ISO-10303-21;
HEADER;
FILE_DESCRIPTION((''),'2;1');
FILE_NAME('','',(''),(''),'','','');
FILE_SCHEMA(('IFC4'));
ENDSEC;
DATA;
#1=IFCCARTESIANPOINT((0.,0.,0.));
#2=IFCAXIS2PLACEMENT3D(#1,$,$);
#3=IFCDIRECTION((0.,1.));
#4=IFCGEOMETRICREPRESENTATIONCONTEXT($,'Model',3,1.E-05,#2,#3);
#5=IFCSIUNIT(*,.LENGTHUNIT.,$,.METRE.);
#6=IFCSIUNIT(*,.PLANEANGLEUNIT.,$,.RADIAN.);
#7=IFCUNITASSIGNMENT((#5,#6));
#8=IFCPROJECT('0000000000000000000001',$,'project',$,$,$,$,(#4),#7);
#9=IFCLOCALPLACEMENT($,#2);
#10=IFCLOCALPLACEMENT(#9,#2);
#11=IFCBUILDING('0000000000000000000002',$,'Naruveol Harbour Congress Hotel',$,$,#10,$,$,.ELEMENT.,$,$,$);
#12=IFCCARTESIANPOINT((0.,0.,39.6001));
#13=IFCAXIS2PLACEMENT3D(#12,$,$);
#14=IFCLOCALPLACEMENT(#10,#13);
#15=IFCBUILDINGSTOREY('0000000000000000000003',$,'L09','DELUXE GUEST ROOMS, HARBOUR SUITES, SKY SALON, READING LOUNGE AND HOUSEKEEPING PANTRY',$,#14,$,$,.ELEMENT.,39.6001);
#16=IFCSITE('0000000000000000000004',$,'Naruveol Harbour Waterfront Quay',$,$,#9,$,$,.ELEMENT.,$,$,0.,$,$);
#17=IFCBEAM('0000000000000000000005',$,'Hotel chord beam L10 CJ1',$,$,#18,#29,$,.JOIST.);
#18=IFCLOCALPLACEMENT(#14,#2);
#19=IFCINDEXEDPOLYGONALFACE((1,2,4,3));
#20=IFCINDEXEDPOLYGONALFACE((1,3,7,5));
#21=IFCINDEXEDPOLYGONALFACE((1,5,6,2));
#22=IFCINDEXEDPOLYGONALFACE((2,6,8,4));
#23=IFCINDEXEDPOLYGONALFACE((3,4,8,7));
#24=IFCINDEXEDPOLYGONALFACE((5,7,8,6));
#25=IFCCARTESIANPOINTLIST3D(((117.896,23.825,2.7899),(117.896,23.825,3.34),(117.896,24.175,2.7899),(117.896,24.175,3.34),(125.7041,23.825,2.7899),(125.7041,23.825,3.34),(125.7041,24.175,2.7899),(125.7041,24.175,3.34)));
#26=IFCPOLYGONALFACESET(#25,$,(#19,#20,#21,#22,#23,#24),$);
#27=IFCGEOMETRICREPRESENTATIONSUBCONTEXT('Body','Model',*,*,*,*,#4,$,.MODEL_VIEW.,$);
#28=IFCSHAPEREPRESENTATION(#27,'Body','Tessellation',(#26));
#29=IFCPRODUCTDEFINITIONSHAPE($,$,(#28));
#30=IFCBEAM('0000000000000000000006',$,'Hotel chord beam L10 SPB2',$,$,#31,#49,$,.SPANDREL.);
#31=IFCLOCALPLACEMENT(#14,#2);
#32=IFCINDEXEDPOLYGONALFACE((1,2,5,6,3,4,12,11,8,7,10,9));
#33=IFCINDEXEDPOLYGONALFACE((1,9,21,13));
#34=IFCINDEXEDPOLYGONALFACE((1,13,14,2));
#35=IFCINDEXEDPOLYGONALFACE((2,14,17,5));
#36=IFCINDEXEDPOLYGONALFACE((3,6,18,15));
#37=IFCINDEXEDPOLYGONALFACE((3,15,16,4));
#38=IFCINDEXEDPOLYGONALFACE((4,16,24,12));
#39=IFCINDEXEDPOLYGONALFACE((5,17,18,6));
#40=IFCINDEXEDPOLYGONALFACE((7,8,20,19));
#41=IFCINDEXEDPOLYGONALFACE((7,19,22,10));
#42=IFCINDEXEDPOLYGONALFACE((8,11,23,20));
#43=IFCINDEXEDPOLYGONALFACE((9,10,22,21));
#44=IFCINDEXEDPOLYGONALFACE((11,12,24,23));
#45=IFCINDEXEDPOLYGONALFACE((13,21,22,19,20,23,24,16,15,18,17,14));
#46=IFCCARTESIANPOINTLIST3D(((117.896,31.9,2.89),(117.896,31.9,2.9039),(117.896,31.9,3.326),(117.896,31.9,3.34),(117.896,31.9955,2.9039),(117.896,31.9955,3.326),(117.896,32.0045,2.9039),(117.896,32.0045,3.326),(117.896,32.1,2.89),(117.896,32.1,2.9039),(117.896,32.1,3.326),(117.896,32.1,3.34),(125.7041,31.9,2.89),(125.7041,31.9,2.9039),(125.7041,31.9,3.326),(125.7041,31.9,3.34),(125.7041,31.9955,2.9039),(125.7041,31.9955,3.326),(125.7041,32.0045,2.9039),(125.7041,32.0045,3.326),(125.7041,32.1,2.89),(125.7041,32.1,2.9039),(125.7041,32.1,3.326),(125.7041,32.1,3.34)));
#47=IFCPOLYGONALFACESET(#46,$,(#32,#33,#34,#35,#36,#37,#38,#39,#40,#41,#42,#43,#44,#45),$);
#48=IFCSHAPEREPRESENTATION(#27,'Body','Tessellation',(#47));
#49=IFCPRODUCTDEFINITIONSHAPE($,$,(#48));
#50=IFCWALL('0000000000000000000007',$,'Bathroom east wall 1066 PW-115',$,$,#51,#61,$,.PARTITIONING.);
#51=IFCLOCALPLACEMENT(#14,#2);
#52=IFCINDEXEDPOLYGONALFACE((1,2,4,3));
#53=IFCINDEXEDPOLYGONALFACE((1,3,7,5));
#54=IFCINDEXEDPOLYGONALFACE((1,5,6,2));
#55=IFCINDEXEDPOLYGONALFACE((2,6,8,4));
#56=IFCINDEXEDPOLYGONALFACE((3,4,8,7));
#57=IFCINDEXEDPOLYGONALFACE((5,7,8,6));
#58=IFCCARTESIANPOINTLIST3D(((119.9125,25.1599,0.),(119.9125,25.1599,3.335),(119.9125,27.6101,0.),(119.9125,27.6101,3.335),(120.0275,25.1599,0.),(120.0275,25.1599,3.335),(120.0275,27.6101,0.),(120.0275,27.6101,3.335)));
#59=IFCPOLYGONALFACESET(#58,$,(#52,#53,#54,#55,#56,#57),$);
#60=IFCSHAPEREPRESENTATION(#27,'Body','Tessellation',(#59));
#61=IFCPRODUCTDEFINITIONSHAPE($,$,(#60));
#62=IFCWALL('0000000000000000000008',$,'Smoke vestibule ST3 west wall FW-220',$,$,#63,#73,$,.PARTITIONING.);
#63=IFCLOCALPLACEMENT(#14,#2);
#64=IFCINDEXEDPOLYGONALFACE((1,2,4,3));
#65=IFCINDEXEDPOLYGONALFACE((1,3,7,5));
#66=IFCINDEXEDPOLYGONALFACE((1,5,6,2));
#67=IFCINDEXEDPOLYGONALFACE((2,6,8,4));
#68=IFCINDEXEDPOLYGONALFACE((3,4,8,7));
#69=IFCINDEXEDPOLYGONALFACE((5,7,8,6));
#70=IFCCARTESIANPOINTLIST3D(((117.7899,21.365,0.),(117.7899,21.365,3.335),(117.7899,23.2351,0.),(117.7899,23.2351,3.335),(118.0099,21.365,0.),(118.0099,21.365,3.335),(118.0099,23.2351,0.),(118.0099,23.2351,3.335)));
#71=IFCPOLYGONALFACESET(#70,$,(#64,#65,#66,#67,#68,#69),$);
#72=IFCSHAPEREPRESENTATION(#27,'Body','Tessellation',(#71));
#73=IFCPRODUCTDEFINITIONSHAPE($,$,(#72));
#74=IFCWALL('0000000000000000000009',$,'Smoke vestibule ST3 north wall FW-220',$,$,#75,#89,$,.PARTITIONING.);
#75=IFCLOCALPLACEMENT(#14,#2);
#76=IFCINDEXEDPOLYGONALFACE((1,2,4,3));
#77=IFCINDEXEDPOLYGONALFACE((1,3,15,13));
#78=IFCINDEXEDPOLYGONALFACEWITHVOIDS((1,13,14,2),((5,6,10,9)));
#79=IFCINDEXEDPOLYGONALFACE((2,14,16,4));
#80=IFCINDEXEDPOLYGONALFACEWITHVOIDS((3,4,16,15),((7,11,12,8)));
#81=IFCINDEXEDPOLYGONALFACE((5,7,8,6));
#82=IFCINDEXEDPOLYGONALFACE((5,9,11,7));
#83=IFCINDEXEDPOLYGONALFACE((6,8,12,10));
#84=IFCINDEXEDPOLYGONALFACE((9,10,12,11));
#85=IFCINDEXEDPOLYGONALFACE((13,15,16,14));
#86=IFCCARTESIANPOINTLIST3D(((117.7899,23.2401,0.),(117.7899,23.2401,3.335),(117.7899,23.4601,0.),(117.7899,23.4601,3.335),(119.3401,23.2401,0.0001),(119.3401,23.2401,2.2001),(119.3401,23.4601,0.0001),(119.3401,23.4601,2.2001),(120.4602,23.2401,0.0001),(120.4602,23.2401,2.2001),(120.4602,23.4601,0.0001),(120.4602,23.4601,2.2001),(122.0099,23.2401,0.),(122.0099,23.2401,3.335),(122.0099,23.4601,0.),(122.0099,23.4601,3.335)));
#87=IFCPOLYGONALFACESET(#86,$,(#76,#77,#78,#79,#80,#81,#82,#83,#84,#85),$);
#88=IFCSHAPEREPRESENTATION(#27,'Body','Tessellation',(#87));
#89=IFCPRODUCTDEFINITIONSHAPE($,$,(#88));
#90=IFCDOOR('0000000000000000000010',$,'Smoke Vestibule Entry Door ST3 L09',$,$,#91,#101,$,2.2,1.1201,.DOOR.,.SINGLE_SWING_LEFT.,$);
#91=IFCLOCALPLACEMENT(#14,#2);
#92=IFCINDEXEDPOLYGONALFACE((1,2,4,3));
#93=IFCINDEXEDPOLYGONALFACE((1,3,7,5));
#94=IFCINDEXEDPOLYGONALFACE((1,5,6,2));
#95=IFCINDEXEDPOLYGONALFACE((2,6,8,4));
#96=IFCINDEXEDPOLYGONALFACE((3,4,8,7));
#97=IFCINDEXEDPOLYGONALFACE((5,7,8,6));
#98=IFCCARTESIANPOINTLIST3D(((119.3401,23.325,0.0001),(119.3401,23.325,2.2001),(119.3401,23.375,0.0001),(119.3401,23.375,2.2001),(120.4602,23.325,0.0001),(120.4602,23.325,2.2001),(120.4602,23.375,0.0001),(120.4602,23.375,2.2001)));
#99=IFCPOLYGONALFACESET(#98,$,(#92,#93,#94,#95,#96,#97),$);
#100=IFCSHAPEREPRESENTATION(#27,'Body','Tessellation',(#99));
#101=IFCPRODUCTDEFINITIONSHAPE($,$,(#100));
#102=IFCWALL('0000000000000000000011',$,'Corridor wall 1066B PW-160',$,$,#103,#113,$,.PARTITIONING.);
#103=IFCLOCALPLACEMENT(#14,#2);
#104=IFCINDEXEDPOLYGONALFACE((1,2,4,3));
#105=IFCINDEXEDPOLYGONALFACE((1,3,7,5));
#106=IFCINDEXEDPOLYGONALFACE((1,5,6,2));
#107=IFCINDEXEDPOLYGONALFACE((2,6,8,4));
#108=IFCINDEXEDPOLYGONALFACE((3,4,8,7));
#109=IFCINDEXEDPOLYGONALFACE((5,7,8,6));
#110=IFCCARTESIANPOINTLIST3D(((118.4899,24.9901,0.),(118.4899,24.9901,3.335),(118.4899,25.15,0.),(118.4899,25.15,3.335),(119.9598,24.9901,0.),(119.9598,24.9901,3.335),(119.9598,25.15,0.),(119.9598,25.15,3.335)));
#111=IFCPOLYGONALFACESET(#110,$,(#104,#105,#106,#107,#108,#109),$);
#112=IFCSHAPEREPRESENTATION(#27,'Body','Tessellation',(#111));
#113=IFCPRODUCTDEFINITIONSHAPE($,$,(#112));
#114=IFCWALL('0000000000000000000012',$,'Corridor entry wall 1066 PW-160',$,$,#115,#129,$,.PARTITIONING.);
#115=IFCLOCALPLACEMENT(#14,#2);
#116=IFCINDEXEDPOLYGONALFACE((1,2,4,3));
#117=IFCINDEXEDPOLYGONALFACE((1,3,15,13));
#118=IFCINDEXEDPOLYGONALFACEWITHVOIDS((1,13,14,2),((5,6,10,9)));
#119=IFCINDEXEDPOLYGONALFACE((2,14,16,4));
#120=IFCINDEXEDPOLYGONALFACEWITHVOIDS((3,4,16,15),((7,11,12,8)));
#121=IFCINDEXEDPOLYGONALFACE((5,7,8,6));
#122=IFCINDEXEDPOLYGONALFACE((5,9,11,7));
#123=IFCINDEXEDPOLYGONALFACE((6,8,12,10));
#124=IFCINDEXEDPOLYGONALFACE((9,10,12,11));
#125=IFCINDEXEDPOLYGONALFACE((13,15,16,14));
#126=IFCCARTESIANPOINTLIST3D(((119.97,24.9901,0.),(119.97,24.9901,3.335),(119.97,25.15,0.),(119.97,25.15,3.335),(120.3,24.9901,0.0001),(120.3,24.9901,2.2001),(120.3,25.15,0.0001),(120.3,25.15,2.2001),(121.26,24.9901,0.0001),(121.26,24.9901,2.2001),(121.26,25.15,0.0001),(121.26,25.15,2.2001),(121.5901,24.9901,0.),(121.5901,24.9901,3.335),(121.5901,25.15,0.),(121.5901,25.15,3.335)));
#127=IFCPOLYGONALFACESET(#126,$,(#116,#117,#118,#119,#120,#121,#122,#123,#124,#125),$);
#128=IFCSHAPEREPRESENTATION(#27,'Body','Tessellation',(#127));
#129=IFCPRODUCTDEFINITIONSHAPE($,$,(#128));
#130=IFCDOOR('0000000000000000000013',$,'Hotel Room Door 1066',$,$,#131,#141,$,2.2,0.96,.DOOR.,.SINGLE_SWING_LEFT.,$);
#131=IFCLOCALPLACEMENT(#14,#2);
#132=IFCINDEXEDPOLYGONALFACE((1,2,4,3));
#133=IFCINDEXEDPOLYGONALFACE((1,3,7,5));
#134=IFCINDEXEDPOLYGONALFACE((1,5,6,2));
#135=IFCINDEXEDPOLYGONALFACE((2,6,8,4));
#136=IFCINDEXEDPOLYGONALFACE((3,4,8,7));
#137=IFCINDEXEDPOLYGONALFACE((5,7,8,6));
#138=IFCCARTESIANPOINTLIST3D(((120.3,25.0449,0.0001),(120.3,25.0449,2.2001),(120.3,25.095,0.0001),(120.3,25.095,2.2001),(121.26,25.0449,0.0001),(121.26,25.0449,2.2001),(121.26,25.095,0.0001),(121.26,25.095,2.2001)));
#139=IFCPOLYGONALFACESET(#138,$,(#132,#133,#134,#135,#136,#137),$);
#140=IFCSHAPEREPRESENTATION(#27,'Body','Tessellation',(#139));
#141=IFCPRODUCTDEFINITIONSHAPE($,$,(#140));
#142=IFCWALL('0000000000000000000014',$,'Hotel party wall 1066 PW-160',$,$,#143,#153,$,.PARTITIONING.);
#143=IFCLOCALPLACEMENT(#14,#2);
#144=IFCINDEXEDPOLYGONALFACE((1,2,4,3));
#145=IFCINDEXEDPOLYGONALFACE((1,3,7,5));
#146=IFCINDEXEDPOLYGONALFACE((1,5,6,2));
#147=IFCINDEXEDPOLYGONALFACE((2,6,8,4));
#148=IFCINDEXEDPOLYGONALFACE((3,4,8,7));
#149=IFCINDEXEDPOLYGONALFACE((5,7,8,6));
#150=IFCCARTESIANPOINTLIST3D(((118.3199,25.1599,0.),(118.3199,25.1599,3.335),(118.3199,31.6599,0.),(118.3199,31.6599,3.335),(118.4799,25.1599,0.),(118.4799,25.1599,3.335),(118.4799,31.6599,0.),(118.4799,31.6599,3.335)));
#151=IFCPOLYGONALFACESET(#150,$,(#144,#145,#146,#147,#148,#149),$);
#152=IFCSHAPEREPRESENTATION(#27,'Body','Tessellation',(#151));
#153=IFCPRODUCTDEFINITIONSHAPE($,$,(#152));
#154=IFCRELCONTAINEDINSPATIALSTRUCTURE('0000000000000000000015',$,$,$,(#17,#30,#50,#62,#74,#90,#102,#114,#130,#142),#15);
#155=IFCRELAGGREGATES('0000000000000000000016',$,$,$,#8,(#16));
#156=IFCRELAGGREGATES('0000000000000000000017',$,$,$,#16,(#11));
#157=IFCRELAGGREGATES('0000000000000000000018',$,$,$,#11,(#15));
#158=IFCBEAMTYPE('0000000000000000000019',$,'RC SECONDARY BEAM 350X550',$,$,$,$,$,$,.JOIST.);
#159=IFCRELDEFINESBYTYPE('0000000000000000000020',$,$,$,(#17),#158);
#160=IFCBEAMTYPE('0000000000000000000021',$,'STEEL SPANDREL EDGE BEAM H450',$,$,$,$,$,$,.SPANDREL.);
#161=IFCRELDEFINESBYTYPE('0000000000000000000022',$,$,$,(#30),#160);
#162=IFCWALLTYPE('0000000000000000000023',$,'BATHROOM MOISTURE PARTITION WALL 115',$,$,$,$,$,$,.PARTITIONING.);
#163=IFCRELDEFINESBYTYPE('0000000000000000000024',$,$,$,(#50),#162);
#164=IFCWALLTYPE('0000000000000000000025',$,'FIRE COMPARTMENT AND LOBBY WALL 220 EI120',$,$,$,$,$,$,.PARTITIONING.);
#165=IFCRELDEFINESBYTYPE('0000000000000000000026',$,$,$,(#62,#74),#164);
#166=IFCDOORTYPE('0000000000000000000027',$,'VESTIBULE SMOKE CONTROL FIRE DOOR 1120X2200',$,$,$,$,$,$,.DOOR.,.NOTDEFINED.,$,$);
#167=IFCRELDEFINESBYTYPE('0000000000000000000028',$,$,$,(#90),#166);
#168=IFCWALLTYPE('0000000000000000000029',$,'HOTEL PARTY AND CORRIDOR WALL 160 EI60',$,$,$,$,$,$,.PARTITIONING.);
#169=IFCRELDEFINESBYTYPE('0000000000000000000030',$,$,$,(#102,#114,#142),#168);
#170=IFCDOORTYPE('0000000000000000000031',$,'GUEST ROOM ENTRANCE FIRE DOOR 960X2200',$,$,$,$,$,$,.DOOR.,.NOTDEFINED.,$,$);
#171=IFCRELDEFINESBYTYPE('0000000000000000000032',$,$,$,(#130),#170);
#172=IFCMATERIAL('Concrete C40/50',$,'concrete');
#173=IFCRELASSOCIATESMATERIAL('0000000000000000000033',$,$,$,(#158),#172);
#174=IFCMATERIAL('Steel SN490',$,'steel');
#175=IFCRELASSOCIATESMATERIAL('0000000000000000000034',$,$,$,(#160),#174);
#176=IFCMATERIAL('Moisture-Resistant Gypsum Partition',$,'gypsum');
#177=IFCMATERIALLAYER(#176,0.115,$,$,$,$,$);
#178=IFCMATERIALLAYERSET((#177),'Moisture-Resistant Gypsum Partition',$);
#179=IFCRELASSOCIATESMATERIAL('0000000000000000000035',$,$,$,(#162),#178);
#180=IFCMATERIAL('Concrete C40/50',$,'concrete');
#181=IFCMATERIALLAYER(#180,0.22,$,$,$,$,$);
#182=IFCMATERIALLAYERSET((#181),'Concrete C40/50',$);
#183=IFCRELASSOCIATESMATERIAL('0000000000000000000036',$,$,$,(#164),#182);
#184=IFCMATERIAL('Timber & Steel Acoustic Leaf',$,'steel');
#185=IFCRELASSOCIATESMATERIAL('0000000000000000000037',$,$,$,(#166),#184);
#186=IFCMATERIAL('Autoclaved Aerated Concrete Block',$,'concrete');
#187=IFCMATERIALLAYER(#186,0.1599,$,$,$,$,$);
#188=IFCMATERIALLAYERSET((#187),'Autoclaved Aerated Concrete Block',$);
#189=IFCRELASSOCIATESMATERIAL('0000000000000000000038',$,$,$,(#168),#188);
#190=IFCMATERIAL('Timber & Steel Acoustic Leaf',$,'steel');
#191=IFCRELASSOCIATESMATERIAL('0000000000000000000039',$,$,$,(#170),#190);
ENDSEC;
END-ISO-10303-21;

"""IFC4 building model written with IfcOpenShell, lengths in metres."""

from ifc_helpers import new_model, si_unit, direction, frame, frame_2d, origin, origin_2d, place, context, subcontext, project, spatial, rectangle, i_section, extrude, material, layer, layer_set, material_profile, profile_set, type_object, element, fill, save


model = new_model("IFC4")

# Units and contexts
model_context = context("Model", 3, precision=1e-05, world=origin(), true_north=direction((0.0, 1.0)))
body_context = subcontext(model_context, "Body", "Model", "MODEL_VIEW")
ifc_project = project(units=[si_unit("LENGTHUNIT", "METRE"), si_unit("PLANEANGLEUNIT", "RADIAN")], contexts=[model_context])

# Site, building, storey
site_placement = place(None, origin())
site = spatial("IfcSite", under=ifc_project, at=site_placement, Name="Naruveol Harbour Waterfront Quay", CompositionType="ELEMENT", RefElevation=0.0)
building_placement = place(site_placement, origin())
building = spatial("IfcBuilding", under=site, at=building_placement, Name="Naruveol Harbour Congress Hotel", CompositionType="ELEMENT")
storey_placement = place(building_placement, frame((0.0, 0.0, 39.6001)))
storey = spatial("IfcBuildingStorey", under=building, at=storey_placement, Name="L09", Description="DELUXE GUEST ROOMS, HARBOUR SUITES, SKY SALON, READING LOUNGE AND HOUSEKEEPING PANTRY", CompositionType="ELEMENT", Elevation=39.6001)

# Beams
ifc_material_1 = material(Name="Concrete C40/50", Category="concrete")
ifc_material_profile_1 = material_profile(ifc_material_1, rectangle(XDim=0.3501, YDim=0.55, at=origin_2d()), Name="RCB-350x550")
ifc_profile_set_1 = profile_set([ifc_material_profile_1], Name="Concrete C40/50")
beam_type_1 = type_object("IfcBeamType", Name="RC SECONDARY BEAM 350X550", PredefinedType="JOIST", material=ifc_profile_set_1)
beam_1_placement = place(storey_placement, frame((117.896, 24.0, 3.0649), z_axis=(1.0, 0.0, 0.0), x_axis=(0.0, 1.0, 0.0)))
element("IfcBeam", 1, at=beam_1_placement, inside=storey, type_object=beam_type_1, Name="Hotel chord beam L10 CJ1", PredefinedType="JOIST", context=body_context, shape_type="SweptSolid", body=[
    extrude(rectangle(XDim=0.3501, YDim=0.55, at=origin_2d()), origin(), (0.0, 0.0, 1.0), 7.8081),
])
ifc_material_2 = material(Name="Steel SN490", Category="steel")
ifc_material_profile_2 = material_profile(ifc_material_2, i_section(OverallWidth=0.2, OverallDepth=0.45, WebThickness=0.009, FlangeThickness=0.0139, at=origin_2d()), Name="H-450x200x9x14")
ifc_profile_set_2 = profile_set([ifc_material_profile_2], Name="Steel SN490")
beam_type_2 = type_object("IfcBeamType", Name="STEEL SPANDREL EDGE BEAM H450", PredefinedType="SPANDREL", material=ifc_profile_set_2)
beam_2_placement = place(storey_placement, frame((117.896, 32.0, 3.115), z_axis=(1.0, 0.0, 0.0), x_axis=(0.0, 1.0, 0.0)))
element("IfcBeam", 2, at=beam_2_placement, inside=storey, type_object=beam_type_2, Name="Hotel chord beam L10 SPB2", PredefinedType="SPANDREL", context=body_context, shape_type="SweptSolid", body=[
    extrude(i_section(OverallWidth=0.2, OverallDepth=0.45, WebThickness=0.009, FlangeThickness=0.0139, at=origin_2d()), origin(), (0.0, 0.0, 1.0), 7.8081),
])

# Wall
ifc_material_3 = material(Name="Moisture-Resistant Gypsum Partition", Category="gypsum")
ifc_layer_1 = layer(ifc_material_3, 0.115)
ifc_layer_set_1 = layer_set([ifc_layer_1], Name="Moisture-Resistant Gypsum Partition")
wall_type_1 = type_object("IfcWallType", Name="BATHROOM MOISTURE PARTITION WALL 115", PredefinedType="PARTITIONING", material=ifc_layer_set_1)
wall_1_placement = place(storey_placement, frame((119.97, 25.1599, 0.0), z_axis=(0.0, 0.0, 1.0), x_axis=(0.0, 1.0, 0.0)))
element("IfcWall", 3, at=wall_1_placement, inside=storey, type_object=wall_type_1, Name="Bathroom east wall 1066 PW-115", PredefinedType="PARTITIONING", context=body_context, shape_type="SweptSolid", body=[
    extrude(rectangle(XDim=2.4502, YDim=0.115, at=frame_2d((1.2251, 0.0))), origin(), (0.0, 0.0, 1.0), 3.335),
])

# Wall
ifc_material_4 = material(Name="Concrete C40/50", Category="concrete")
ifc_layer_2 = layer(ifc_material_4, 0.22)
ifc_layer_set_2 = layer_set([ifc_layer_2], Name="Concrete C40/50")
wall_type_2 = type_object("IfcWallType", Name="FIRE COMPARTMENT AND LOBBY WALL 220 EI120", PredefinedType="PARTITIONING", material=ifc_layer_set_2)
wall_2_placement = place(storey_placement, frame((117.8999, 21.365, 0.0), z_axis=(0.0, 0.0, 1.0), x_axis=(0.0, 1.0, 0.0)))
element("IfcWall", 4, at=wall_2_placement, inside=storey, type_object=wall_type_2, Name="Smoke vestibule ST3 west wall FW-220", PredefinedType="PARTITIONING", context=body_context, shape_type="SweptSolid", body=[
    extrude(rectangle(XDim=1.8701, YDim=0.22, at=frame_2d((0.9351, 0.0))), origin(), (0.0, 0.0, 1.0), 3.335),
])

# Wall, opening, door
wall_3_placement = place(storey_placement, frame((117.79, 23.3501, 0.0), z_axis=(0.0, 0.0, 1.0), x_axis=(1.0, 0.0, 0.0)))
wall_3 = element("IfcWall", 5, at=wall_3_placement, inside=storey, type_object=wall_type_2, Name="Smoke vestibule ST3 north wall FW-220", PredefinedType="PARTITIONING", context=body_context, shape_type="SweptSolid", body=[
    extrude(rectangle(XDim=4.22, YDim=0.22, at=frame_2d((2.1099, 0.0))), origin(), (0.0, 0.0, 1.0), 3.335),
])
opening_1_placement = place(wall_3_placement, frame((1.55, 0.0, 0.0)))
opening_1 = element("IfcOpeningElement", 6, at=opening_1_placement, cuts=wall_3, PredefinedType="OPENING", context=body_context, shape_type="SweptSolid", body=[
    extrude(rectangle(XDim=1.1201, YDim=2.2, at=frame_2d((0.5601, 1.1001))), frame((0.0, 0.1199, 0.0), z_axis=(0.0, -1.0, 0.0), x_axis=(1.0, 0.0, 0.0)), (0.0, 0.0, 1.0), 0.24),
])
ifc_material_5 = material(Name="Timber & Steel Acoustic Leaf", Category="steel")
door_type_1 = type_object("IfcDoorType", Name="VESTIBULE SMOKE CONTROL FIRE DOOR 1120X2200", OperationType="NOTDEFINED", PredefinedType="DOOR", material=ifc_material_5)
door_1_placement = place(opening_1_placement, origin())
door_1 = element("IfcDoor", 7, at=door_1_placement, inside=storey, type_object=door_type_1, Name="Smoke Vestibule Entry Door ST3 L09", OperationType="SINGLE_SWING_LEFT", OverallHeight=2.2, OverallWidth=1.1201, PredefinedType="DOOR", context=body_context, shape_type="SweptSolid", body=[
    extrude(rectangle(XDim=1.1201, YDim=2.2, at=frame_2d((0.5601, 1.1001))), frame((0.0, 0.0249, 0.0), z_axis=(0.0, -1.0, 0.0), x_axis=(1.0, 0.0, 0.0)), (0.0, 0.0, 1.0), 0.05),
])
fill(opening_1, door_1)

# Wall
ifc_material_6 = material(Name="Autoclaved Aerated Concrete Block", Category="concrete")
ifc_layer_3 = layer(ifc_material_6, 0.1599)
ifc_layer_set_3 = layer_set([ifc_layer_3], Name="Autoclaved Aerated Concrete Block")
wall_type_3 = type_object("IfcWallType", Name="HOTEL PARTY AND CORRIDOR WALL 160 EI60", PredefinedType="PARTITIONING", material=ifc_layer_set_3)
wall_4_placement = place(storey_placement, frame((118.49, 25.0701, 0.0), z_axis=(0.0, 0.0, 1.0), x_axis=(1.0, 0.0, 0.0)))
element("IfcWall", 8, at=wall_4_placement, inside=storey, type_object=wall_type_3, Name="Corridor wall 1066B PW-160", PredefinedType="PARTITIONING", context=body_context, shape_type="SweptSolid", body=[
    extrude(rectangle(XDim=1.47, YDim=0.1599, at=frame_2d((0.7349, 0.0))), origin(), (0.0, 0.0, 1.0), 3.335),
])

# Wall, opening, door
wall_5_placement = place(storey_placement, frame((119.97, 25.0701, 0.0), z_axis=(0.0, 0.0, 1.0), x_axis=(1.0, 0.0, 0.0)))
wall_5 = element("IfcWall", 9, at=wall_5_placement, inside=storey, type_object=wall_type_3, Name="Corridor entry wall 1066 PW-160", PredefinedType="PARTITIONING", context=body_context, shape_type="SweptSolid", body=[
    extrude(rectangle(XDim=1.6201, YDim=0.1599, at=frame_2d((0.8101, 0.0))), origin(), (0.0, 0.0, 1.0), 3.335),
])
opening_2_placement = place(wall_5_placement, frame((0.3301, 0.0, 0.0)))
opening_2 = element("IfcOpeningElement", 10, at=opening_2_placement, cuts=wall_5, PredefinedType="OPENING", context=body_context, shape_type="SweptSolid", body=[
    extrude(rectangle(XDim=0.96, YDim=2.2, at=frame_2d((0.48, 1.1001))), frame((0.0, 0.0898, 0.0), z_axis=(0.0, -1.0, 0.0), x_axis=(1.0, 0.0, 0.0)), (0.0, 0.0, 1.0), 0.1799),
])
ifc_material_7 = material(Name="Timber & Steel Acoustic Leaf", Category="steel")
door_type_2 = type_object("IfcDoorType", Name="GUEST ROOM ENTRANCE FIRE DOOR 960X2200", OperationType="NOTDEFINED", PredefinedType="DOOR", material=ifc_material_7)
door_2_placement = place(opening_2_placement, origin())
door_2 = element("IfcDoor", 11, at=door_2_placement, inside=storey, type_object=door_type_2, Name="Hotel Room Door 1066", OperationType="SINGLE_SWING_LEFT", OverallHeight=2.2, OverallWidth=0.96, PredefinedType="DOOR", context=body_context, shape_type="SweptSolid", body=[
    extrude(rectangle(XDim=0.96, YDim=2.2, at=frame_2d((0.48, 1.1001))), frame((0.0, 0.0249, 0.0), z_axis=(0.0, -1.0, 0.0), x_axis=(1.0, 0.0, 0.0)), (0.0, 0.0, 1.0), 0.05),
])
fill(opening_2, door_2)

# Wall
wall_6_placement = place(storey_placement, frame((118.3999, 25.1599, 0.0), z_axis=(0.0, 0.0, 1.0), x_axis=(0.0, 1.0, 0.0)))
element("IfcWall", 12, at=wall_6_placement, inside=storey, type_object=wall_type_3, Name="Hotel party wall 1066 PW-160", PredefinedType="PARTITIONING", context=body_context, shape_type="SweptSolid", body=[
    extrude(rectangle(XDim=6.5, YDim=0.1599, at=frame_2d((3.25, 0.0))), origin(), (0.0, 0.0, 1.0), 3.335),
])

save(model, "model.ifc")
